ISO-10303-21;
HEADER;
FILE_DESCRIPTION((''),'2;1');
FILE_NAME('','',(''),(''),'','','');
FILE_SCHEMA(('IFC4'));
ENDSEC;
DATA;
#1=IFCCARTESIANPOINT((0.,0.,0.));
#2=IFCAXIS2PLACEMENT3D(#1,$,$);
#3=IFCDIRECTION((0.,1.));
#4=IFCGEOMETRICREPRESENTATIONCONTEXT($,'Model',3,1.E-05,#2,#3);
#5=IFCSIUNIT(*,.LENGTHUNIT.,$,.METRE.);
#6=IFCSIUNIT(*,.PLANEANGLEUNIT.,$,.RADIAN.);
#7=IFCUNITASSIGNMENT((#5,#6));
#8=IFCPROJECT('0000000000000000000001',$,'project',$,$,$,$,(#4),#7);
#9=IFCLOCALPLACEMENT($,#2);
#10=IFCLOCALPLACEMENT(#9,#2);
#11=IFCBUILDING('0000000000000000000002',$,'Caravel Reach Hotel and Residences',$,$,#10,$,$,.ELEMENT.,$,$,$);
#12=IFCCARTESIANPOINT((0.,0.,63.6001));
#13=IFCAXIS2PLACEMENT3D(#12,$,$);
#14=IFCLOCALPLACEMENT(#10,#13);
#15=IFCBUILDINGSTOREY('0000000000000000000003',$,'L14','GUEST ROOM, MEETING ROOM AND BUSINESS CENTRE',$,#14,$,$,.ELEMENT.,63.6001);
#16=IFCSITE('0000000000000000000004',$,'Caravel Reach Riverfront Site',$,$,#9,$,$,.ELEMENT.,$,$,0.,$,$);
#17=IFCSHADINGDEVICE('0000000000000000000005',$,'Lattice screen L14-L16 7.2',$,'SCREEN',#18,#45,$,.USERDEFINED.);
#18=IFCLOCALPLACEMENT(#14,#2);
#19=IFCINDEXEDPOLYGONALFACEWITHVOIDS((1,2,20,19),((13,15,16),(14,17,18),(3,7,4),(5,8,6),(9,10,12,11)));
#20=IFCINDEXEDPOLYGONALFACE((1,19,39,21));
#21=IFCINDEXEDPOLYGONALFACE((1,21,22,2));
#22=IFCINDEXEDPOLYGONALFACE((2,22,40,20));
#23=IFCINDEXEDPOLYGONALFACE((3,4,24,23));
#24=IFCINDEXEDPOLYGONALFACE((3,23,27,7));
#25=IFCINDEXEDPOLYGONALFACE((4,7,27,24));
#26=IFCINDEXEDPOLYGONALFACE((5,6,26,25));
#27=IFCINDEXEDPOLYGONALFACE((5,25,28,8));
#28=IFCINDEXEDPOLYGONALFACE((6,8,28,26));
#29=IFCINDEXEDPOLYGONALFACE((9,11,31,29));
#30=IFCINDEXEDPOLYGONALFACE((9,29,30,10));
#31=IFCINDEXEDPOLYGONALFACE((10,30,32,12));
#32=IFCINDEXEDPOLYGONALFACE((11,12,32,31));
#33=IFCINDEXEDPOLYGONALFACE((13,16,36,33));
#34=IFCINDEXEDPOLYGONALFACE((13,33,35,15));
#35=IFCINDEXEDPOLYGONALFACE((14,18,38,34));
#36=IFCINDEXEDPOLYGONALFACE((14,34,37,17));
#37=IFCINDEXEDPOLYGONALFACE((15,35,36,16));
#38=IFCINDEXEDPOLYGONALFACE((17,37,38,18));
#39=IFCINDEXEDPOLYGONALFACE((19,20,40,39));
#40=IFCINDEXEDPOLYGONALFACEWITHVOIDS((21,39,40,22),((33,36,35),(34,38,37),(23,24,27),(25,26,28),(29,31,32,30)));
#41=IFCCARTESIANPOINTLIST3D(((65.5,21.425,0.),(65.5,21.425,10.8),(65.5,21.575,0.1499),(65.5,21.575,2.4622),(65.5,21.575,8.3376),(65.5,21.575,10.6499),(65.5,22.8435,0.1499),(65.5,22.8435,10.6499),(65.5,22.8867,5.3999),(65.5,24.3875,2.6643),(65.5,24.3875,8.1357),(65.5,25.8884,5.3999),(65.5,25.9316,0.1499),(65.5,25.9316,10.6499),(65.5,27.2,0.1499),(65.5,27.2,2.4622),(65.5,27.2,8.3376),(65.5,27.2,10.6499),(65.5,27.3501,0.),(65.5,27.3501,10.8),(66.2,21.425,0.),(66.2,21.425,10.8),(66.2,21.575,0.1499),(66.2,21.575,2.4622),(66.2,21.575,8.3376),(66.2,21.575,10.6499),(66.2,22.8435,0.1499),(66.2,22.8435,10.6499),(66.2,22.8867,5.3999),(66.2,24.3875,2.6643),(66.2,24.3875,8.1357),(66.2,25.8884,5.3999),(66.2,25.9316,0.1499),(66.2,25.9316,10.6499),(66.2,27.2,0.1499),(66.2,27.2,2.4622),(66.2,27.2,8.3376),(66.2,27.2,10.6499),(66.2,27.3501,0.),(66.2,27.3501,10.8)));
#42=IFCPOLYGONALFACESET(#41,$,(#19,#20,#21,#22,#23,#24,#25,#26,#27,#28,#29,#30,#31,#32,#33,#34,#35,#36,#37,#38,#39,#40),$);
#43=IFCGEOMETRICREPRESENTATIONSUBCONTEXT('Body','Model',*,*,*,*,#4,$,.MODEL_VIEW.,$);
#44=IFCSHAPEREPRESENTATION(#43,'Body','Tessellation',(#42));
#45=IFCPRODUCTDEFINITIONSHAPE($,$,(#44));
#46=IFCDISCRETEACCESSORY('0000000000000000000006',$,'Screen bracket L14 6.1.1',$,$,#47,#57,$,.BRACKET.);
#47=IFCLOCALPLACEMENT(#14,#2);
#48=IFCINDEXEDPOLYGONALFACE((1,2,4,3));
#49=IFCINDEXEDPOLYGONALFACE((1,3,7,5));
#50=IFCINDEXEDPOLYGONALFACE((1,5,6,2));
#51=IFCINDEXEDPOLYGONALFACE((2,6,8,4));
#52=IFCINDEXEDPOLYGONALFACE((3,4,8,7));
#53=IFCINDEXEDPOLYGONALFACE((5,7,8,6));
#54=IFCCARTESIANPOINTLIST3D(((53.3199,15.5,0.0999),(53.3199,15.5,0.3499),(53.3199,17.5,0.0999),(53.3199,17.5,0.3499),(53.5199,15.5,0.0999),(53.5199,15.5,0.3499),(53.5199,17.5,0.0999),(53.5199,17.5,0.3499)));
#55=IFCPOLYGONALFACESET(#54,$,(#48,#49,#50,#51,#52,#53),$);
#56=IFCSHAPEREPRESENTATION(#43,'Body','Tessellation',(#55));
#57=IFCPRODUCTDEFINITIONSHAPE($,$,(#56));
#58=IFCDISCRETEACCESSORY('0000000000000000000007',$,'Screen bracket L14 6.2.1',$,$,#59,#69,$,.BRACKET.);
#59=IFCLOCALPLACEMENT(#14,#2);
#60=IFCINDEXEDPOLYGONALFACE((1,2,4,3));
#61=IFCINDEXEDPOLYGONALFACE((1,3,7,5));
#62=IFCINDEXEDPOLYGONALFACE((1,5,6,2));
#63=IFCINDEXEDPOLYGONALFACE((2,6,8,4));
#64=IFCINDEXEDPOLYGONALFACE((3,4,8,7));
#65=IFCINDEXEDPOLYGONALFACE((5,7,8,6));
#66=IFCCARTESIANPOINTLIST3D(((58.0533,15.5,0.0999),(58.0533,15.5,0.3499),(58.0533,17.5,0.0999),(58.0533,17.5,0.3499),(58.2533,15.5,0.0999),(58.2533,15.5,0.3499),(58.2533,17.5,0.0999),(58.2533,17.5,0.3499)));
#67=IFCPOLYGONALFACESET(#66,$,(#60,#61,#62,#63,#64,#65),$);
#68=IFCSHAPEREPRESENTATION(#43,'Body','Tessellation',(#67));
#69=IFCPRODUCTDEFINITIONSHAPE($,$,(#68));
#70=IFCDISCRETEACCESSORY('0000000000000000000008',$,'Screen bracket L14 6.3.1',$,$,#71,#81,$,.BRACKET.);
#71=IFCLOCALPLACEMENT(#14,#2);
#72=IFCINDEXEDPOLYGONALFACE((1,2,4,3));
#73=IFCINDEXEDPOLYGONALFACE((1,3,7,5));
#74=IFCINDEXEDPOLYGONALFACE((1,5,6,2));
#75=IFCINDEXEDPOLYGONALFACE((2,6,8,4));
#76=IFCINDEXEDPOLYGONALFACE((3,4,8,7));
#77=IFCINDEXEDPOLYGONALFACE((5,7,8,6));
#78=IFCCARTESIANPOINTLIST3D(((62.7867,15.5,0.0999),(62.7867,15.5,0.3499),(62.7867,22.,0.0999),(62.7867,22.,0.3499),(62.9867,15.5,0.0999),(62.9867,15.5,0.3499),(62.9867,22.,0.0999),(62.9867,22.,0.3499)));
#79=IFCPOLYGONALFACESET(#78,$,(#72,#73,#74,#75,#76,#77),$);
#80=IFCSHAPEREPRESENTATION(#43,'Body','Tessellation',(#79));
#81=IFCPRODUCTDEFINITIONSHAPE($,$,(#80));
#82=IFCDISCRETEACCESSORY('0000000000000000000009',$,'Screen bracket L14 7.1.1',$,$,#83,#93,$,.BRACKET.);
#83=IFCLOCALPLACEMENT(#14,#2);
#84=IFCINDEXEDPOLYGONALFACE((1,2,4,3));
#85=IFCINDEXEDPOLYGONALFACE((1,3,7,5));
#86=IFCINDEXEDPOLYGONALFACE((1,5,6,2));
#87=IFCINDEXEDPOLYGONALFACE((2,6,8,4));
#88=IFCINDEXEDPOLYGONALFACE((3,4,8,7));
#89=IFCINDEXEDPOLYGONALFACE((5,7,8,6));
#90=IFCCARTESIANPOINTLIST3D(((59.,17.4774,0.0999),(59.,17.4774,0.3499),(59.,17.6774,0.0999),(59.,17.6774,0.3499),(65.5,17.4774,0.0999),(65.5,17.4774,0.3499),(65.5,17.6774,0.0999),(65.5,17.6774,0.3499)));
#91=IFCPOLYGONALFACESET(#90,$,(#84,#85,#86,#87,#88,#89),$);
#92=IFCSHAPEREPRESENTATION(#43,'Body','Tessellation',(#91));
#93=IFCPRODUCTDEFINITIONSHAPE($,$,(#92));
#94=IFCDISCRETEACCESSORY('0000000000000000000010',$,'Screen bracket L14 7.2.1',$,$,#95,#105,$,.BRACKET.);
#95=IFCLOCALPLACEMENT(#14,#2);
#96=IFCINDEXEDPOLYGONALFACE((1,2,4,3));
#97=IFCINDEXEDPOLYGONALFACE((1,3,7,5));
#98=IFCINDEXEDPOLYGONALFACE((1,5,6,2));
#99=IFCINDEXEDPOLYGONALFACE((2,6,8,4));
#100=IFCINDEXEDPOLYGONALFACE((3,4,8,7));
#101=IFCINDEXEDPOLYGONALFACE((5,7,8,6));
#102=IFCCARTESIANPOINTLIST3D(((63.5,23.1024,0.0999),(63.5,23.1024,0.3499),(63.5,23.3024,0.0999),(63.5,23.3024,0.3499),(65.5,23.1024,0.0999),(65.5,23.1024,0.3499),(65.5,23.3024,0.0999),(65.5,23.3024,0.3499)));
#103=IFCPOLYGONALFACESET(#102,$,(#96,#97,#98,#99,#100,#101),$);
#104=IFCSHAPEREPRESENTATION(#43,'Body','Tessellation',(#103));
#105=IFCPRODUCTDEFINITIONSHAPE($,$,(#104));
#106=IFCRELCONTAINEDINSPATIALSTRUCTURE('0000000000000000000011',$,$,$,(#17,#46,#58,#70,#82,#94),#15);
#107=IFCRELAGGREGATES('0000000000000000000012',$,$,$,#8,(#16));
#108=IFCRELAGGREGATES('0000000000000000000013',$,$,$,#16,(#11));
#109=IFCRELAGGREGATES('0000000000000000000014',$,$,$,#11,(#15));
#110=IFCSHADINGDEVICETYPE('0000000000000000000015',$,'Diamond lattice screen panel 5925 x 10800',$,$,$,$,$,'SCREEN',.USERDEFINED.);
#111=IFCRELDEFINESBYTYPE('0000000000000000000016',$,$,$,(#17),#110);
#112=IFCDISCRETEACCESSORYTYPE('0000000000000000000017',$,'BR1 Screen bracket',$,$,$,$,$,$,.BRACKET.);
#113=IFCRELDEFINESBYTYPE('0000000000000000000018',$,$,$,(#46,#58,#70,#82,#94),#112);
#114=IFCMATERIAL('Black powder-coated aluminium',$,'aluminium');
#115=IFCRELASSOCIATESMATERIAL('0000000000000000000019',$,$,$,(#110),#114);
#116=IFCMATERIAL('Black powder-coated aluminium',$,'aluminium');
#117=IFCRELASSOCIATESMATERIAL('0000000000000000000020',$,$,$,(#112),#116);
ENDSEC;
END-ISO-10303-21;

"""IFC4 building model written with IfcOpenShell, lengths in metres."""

from ifc_helpers import new_model, si_unit, direction, frame, origin, origin_2d, place, context, subcontext, project, spatial, polyline, rectangle, outline, extrude, material, type_object, element, save


model = new_model("IFC4")

# Units and contexts
model_context = context("Model", 3, precision=1e-05, world=origin(), true_north=direction((0.0, 1.0)))
body_context = subcontext(model_context, "Body", "Model", "MODEL_VIEW")
ifc_project = project(units=[si_unit("LENGTHUNIT", "METRE"), si_unit("PLANEANGLEUNIT", "RADIAN")], contexts=[model_context])

# Site, building, storey
site_placement = place(None, origin())
site = spatial("IfcSite", under=ifc_project, at=site_placement, Name="Caravel Reach Riverfront Site", CompositionType="ELEMENT", RefElevation=0.0)
building_placement = place(site_placement, origin())
building = spatial("IfcBuilding", under=site, at=building_placement, Name="Caravel Reach Hotel and Residences", CompositionType="ELEMENT")
storey_placement = place(building_placement, frame((0.0, 0.0, 63.6001)))
storey = spatial("IfcBuildingStorey", under=building, at=storey_placement, Name="L14", Description="GUEST ROOM, MEETING ROOM AND BUSINESS CENTRE", CompositionType="ELEMENT", Elevation=63.6001)

# Shading device
ifc_material_1 = material(Name="Black powder-coated aluminium", Category="aluminium")
shading_device_type_1 = type_object("IfcShadingDeviceType", Name="Diamond lattice screen panel 5925 x 10800", ElementType="SCREEN", PredefinedType="USERDEFINED", material=ifc_material_1)
for number, where, z_axis, x_axis, name in (
    (1, (65.5, 21.425, 0.0), (1.0, 0.0, 0.0), (0.0, 1.0, 0.0), "Lattice screen L14-L16 7.2"),
):
    element("IfcShadingDevice", number, at=place(storey_placement, frame(where, z_axis=z_axis, x_axis=x_axis)), inside=storey, type_object=shading_device_type_1, Name=name, ObjectType="SCREEN", PredefinedType="USERDEFINED", context=body_context, shape_type="SweptSolid", body=[
        extrude(outline(polyline([(0.0, 0.0), (5.925, 0.0), (5.925, 10.8), (0.0, 10.8), (0.0, 0.0)]), holes=[polyline([(1.4185, 0.1499), (0.1499, 2.4622), (0.1499, 0.1499), (1.4185, 0.1499)]), polyline([(0.1499, 8.3376), (1.4185, 10.6499), (0.1499, 10.6499), (0.1499, 8.3376)]), polyline([(2.9624, 8.1357), (1.4617, 5.3999), (2.9624, 2.6643), (4.4634, 5.3999), (2.9624, 8.1357)]), polyline([(5.7749, 2.4622), (4.5066, 0.1499), (5.7749, 0.1499), (5.7749, 2.4622)]), polyline([(4.5066, 10.6499), (5.7749, 8.3376), (5.7749, 10.6499), (4.5066, 10.6499)])]), origin(), (0.0, 0.0, 1.0), 0.7),
    ])

# Discrete accessories
ifc_material_2 = material(Name="Black powder-coated aluminium", Category="aluminium")
discrete_accessory_type = type_object("IfcDiscreteAccessoryType", Name="BR1 Screen bracket", PredefinedType="BRACKET", material=ifc_material_2)
for number, where, z_axis, x_axis, name in (
    (2, (53.4199, 16.5, 0.0999), (0.0, 0.0, 1.0), (0.0, -1.0, 0.0), "Screen bracket L14 6.1.1"),
    (3, (58.1533, 16.5, 0.0999), (0.0, 0.0, 1.0), (0.0, -1.0, 0.0), "Screen bracket L14 6.2.1"),
):
    element("IfcDiscreteAccessory", number, at=place(storey_placement, frame(where, z_axis=z_axis, x_axis=x_axis)), inside=storey, type_object=discrete_accessory_type, Name=name, PredefinedType="BRACKET", context=body_context, shape_type="SweptSolid", body=[
        extrude(rectangle(XDim=2.0, YDim=0.2, at=origin_2d()), origin(), (0.0, 0.0, 1.0), 0.25),
    ])
for number, where, z_axis, x_axis, name in (
    (4, (62.8867, 18.75, 0.0999), (0.0, 0.0, 1.0), (0.0, -1.0, 0.0), "Screen bracket L14 6.3.1"),
    (5, (62.25, 17.5774, 0.0999), (0.0, 0.0, 1.0), (1.0, 0.0, 0.0), "Screen bracket L14 7.1.1"),
):
    element("IfcDiscreteAccessory", number, at=place(storey_placement, frame(where, z_axis=z_axis, x_axis=x_axis)), inside=storey, type_object=discrete_accessory_type, Name=name, PredefinedType="BRACKET", context=body_context, shape_type="SweptSolid", body=[
        extrude(rectangle(XDim=6.5, YDim=0.2, at=origin_2d()), origin(), (0.0, 0.0, 1.0), 0.25),
    ])
discrete_accessory_placement = place(storey_placement, frame((64.5, 23.2024, 0.0999), z_axis=(0.0, 0.0, 1.0), x_axis=(1.0, 0.0, 0.0)))
element("IfcDiscreteAccessory", 6, at=discrete_accessory_placement, inside=storey, type_object=discrete_accessory_type, Name="Screen bracket L14 7.2.1", PredefinedType="BRACKET", context=body_context, shape_type="SweptSolid", body=[
    extrude(rectangle(XDim=2.0, YDim=0.2, at=origin_2d()), origin(), (0.0, 0.0, 1.0), 0.25),
])

save(model, "model.ifc")
